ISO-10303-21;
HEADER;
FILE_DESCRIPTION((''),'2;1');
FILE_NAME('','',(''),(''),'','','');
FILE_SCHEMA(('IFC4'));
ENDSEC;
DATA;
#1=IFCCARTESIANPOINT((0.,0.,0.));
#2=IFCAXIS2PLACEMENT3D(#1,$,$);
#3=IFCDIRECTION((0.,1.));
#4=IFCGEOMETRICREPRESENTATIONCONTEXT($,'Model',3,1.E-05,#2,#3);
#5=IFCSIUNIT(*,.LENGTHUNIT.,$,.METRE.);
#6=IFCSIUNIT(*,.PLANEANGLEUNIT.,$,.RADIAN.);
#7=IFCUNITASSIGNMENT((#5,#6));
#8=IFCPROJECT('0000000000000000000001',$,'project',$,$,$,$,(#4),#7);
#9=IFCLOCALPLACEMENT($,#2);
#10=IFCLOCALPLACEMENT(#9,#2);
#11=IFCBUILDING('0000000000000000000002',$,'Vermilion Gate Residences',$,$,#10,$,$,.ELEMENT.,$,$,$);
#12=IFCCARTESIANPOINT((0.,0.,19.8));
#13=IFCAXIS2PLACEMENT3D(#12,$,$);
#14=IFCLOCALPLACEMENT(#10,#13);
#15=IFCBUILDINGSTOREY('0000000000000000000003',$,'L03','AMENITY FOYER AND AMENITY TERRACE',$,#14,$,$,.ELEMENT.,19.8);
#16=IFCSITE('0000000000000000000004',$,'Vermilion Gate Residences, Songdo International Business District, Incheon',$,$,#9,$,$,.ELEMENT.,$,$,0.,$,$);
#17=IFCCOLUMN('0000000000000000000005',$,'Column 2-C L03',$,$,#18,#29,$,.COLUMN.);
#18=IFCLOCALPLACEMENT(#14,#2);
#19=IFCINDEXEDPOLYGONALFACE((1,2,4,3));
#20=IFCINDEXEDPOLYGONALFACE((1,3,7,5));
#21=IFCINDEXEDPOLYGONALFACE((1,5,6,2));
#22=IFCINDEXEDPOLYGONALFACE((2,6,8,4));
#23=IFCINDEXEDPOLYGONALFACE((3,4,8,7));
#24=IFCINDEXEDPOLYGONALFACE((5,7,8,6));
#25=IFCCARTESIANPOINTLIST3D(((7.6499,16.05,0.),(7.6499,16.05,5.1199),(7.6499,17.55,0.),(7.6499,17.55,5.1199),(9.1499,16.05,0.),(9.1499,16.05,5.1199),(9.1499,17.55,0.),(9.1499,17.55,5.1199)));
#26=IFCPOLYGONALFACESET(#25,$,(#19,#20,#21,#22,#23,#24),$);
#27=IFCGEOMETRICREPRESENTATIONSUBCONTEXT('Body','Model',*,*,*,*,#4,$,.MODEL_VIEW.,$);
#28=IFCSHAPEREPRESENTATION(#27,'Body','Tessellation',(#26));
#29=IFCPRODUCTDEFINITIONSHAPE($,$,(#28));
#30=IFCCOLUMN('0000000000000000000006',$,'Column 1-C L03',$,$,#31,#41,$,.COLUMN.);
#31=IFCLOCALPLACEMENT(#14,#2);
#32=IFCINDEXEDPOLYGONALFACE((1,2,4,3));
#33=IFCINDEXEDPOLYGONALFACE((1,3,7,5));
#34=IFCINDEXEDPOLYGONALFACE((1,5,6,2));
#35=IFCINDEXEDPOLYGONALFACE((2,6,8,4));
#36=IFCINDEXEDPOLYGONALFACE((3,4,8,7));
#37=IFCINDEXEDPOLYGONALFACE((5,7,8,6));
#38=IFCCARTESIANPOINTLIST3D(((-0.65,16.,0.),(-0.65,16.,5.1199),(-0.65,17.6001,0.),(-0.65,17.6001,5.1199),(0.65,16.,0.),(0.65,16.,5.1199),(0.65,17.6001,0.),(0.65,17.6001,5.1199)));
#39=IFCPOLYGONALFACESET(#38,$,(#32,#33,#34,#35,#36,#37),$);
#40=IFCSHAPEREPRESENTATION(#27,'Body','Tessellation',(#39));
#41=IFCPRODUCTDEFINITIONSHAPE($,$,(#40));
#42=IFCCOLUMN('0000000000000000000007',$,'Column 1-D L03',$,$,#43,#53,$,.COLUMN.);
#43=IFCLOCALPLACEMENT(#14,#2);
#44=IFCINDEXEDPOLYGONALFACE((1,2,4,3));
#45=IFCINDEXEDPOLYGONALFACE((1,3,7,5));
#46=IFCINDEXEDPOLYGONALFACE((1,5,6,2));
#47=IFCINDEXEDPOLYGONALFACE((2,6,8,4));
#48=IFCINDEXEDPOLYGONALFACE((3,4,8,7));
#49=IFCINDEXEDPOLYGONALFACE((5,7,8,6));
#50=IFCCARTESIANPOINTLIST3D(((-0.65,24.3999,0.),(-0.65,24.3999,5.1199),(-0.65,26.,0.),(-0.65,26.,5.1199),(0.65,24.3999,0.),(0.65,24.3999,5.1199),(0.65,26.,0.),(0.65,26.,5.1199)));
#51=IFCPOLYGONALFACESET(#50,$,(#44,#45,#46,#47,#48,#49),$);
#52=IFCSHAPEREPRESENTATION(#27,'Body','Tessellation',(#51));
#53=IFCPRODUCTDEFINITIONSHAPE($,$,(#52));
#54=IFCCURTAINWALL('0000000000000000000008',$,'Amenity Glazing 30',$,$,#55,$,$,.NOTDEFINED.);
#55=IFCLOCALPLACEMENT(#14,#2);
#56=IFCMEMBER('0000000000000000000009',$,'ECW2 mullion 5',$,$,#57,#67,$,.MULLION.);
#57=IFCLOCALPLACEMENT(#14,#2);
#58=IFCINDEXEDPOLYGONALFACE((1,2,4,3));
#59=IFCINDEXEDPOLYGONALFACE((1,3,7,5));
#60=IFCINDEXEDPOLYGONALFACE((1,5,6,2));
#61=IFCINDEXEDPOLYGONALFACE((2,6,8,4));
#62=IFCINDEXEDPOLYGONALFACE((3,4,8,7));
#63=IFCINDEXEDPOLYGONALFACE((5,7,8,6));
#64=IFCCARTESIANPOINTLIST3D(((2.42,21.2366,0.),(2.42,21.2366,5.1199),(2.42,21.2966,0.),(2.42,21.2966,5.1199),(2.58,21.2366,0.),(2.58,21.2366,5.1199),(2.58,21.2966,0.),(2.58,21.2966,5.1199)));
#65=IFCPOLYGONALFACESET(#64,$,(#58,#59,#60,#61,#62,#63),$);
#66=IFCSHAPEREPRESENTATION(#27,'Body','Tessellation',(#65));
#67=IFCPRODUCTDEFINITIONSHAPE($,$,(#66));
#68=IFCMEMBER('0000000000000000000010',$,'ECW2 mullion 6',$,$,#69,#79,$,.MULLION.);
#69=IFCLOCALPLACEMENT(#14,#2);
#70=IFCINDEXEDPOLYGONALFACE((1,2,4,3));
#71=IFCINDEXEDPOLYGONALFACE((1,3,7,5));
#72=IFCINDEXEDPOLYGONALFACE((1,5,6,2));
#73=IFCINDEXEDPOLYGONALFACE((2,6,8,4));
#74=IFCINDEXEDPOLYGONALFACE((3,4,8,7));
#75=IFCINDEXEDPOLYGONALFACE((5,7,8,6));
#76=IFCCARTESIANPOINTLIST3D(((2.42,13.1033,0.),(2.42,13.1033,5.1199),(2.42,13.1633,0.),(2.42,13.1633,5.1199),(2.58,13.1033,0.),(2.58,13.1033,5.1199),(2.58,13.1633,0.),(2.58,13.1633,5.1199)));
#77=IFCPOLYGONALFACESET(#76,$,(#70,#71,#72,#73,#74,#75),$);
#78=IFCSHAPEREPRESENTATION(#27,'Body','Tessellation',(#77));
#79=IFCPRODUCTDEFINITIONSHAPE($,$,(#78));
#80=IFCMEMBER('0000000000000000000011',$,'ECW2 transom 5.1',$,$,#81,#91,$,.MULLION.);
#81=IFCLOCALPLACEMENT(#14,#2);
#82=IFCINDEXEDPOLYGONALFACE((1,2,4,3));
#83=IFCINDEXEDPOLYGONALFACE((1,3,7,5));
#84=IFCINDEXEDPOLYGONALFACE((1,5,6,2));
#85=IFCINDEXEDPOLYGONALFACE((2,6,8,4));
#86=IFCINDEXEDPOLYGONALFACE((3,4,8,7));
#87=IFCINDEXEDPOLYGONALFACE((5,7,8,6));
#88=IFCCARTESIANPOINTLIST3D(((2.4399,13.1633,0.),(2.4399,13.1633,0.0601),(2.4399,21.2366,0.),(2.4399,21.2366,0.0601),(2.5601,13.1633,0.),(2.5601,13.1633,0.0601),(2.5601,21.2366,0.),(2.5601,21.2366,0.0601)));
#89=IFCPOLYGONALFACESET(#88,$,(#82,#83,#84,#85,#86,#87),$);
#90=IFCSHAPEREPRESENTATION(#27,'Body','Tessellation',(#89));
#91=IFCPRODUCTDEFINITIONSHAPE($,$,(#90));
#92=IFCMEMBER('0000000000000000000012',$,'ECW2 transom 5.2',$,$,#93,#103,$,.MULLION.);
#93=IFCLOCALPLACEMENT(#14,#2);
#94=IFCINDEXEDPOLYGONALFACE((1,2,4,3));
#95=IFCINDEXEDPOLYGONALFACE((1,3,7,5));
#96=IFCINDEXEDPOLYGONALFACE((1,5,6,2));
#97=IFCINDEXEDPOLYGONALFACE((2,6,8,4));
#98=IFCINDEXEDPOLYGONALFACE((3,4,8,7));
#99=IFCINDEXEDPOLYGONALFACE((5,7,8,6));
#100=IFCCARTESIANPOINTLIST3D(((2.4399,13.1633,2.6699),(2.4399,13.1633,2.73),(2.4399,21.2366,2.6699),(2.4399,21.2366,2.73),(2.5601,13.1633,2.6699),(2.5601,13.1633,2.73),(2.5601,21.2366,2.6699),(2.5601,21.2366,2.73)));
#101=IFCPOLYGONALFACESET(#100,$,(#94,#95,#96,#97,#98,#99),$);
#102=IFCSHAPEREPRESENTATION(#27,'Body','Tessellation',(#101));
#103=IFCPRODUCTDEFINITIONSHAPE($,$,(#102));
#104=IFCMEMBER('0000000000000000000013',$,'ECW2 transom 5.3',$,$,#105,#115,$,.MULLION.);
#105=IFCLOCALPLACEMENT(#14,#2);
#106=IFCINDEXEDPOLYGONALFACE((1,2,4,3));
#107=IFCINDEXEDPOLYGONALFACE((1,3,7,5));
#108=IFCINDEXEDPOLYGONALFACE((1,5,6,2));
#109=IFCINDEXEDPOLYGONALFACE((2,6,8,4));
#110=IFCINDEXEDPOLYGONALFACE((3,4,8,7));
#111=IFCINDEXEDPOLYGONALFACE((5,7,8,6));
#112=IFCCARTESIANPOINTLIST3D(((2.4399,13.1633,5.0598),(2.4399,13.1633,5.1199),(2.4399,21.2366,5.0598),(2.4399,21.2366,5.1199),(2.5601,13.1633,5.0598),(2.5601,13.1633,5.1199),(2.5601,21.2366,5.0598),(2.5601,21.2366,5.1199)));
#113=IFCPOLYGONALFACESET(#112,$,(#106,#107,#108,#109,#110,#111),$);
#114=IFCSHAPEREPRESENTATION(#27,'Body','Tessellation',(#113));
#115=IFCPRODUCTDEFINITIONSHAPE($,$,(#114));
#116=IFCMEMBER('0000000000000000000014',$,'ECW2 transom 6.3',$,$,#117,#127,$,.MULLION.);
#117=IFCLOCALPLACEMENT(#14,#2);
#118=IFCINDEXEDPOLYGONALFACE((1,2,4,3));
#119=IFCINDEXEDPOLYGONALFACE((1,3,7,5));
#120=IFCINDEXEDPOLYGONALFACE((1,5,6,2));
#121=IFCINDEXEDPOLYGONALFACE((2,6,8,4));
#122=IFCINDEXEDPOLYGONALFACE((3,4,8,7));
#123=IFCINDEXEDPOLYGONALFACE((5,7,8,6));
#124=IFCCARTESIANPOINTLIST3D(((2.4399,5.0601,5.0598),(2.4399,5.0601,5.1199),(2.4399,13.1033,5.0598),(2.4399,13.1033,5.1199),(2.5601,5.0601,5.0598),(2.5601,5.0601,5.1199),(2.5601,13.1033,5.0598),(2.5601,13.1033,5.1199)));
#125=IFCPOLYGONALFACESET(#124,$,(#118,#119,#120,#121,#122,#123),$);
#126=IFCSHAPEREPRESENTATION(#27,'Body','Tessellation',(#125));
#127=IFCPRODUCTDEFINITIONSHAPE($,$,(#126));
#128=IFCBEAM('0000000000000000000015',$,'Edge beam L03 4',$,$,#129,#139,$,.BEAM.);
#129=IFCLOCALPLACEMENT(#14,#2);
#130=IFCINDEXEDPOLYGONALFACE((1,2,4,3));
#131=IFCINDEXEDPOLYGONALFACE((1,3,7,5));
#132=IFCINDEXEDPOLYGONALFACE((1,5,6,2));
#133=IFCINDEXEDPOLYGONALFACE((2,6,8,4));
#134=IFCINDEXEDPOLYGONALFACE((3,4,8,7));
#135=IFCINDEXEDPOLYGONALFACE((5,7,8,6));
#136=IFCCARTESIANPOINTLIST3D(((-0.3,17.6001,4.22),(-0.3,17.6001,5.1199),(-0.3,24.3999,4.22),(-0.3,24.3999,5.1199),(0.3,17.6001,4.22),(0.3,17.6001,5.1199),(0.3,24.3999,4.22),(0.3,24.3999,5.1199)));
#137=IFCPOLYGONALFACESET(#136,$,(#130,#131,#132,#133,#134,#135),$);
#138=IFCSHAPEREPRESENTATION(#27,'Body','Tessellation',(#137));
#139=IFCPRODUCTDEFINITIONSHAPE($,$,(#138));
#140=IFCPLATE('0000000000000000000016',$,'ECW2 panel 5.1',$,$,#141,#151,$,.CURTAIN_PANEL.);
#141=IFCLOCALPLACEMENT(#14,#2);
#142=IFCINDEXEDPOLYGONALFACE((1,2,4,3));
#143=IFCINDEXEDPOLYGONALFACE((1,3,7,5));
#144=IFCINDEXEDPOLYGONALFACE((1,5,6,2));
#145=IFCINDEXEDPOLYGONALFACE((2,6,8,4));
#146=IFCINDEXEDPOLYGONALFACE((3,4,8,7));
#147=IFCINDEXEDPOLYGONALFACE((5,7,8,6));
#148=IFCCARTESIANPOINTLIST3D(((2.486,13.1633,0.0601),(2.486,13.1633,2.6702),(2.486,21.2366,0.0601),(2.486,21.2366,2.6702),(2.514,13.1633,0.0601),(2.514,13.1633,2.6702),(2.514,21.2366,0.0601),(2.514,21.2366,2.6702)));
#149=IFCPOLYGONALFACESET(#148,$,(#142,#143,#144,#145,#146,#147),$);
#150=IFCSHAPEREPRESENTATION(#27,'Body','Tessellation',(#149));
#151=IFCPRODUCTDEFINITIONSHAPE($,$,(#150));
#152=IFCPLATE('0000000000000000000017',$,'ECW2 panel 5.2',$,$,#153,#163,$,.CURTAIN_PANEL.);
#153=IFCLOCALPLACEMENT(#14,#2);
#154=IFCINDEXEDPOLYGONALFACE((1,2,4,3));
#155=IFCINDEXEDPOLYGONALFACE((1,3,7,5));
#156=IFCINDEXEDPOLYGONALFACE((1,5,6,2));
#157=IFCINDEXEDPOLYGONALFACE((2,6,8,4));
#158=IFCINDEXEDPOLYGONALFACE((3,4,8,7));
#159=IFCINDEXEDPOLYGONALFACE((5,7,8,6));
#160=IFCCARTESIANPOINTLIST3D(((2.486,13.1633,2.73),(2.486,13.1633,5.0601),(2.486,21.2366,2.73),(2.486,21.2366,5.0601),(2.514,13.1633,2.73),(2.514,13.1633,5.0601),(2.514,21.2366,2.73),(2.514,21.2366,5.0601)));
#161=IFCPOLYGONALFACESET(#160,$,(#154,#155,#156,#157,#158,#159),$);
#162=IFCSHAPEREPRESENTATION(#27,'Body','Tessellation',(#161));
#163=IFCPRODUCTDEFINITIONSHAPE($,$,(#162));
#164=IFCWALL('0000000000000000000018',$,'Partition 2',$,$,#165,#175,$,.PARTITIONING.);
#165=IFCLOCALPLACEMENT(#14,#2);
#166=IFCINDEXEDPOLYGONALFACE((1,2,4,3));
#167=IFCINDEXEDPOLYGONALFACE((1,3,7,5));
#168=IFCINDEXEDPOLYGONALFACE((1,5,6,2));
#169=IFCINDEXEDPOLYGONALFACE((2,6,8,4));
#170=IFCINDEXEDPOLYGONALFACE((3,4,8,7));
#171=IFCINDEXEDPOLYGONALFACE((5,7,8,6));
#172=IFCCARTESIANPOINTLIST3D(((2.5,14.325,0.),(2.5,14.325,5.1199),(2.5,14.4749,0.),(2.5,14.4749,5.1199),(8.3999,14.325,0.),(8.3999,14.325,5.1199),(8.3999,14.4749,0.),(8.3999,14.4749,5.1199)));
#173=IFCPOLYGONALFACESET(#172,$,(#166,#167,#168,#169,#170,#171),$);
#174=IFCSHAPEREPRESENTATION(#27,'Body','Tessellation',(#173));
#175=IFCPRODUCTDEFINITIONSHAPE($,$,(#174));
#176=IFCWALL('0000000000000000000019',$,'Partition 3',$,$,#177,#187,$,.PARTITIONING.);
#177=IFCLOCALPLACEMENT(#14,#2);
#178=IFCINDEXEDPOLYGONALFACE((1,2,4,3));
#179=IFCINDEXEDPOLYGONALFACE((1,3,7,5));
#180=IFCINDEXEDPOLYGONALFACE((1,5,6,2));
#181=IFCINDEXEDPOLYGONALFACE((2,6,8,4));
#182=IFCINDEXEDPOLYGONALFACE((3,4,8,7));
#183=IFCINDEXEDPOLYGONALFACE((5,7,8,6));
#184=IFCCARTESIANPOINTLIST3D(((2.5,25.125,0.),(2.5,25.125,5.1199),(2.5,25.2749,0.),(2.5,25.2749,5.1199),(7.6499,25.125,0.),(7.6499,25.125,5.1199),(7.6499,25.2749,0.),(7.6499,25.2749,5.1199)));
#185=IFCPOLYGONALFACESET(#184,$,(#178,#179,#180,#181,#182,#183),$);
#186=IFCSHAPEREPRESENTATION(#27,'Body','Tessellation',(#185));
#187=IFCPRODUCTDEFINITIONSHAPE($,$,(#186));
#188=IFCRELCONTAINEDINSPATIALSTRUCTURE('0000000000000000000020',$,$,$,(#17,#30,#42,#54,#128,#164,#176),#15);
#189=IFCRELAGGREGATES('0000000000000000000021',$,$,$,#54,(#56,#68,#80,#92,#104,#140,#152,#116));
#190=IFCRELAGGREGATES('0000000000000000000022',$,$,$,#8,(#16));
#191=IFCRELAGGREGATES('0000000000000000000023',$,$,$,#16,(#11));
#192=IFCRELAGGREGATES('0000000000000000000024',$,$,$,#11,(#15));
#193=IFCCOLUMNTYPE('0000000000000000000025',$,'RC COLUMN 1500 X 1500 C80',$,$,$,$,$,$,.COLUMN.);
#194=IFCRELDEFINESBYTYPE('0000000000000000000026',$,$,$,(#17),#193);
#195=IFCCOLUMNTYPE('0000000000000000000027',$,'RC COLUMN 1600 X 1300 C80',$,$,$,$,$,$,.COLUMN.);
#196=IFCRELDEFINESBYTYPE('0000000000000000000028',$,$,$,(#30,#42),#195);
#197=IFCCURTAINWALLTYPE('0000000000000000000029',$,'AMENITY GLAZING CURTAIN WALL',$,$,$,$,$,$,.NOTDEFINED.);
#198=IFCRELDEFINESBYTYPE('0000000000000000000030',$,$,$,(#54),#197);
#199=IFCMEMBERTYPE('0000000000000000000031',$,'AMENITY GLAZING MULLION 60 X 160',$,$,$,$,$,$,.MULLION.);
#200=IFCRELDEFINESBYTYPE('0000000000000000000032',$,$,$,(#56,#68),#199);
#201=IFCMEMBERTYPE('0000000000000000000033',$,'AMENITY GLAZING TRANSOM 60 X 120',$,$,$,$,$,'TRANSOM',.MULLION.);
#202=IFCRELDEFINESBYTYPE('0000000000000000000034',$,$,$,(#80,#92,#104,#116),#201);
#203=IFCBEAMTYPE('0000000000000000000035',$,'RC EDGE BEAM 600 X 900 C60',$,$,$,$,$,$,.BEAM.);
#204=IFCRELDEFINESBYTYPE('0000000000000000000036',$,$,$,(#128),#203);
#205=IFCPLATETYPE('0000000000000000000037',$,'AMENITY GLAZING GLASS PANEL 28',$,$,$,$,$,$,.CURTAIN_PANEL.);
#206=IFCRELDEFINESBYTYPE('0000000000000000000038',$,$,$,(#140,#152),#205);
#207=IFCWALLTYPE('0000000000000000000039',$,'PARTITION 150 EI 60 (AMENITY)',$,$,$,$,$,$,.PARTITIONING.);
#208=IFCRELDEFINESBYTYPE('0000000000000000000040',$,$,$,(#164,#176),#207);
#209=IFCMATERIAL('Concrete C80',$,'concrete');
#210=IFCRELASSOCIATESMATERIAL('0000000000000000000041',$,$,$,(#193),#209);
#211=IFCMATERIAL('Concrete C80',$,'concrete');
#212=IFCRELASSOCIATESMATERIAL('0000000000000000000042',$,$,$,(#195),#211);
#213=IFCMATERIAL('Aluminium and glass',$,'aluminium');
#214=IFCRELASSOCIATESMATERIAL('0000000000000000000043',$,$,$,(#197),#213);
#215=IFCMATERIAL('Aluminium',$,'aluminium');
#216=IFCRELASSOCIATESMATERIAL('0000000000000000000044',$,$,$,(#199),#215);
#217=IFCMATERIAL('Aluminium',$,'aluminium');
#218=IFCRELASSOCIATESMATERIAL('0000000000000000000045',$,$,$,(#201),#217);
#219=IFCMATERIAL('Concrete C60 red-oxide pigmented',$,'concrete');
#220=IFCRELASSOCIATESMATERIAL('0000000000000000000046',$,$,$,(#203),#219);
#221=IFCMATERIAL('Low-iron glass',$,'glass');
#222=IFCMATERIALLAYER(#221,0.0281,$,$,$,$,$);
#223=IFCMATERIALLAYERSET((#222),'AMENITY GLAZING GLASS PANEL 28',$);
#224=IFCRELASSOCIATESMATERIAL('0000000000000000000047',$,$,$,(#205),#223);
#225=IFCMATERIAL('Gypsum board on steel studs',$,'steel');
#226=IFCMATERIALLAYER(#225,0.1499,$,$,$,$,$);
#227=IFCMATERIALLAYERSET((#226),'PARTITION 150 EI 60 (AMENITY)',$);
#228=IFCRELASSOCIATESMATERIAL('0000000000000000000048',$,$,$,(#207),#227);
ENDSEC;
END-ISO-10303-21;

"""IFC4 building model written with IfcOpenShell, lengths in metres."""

from ifc_helpers import new_model, si_unit, direction, frame, frame_2d, origin, origin_2d, place, context, subcontext, project, spatial, rectangle, extrude, material, layer, layer_set, material_profile, profile_set, type_object, element, aggregate, save


model = new_model("IFC4")

# Units and contexts
model_context = context("Model", 3, precision=1e-05, world=origin(), true_north=direction((0.0, 1.0)))
body_context = subcontext(model_context, "Body", "Model", "MODEL_VIEW")
ifc_project = project(units=[si_unit("LENGTHUNIT", "METRE"), si_unit("PLANEANGLEUNIT", "RADIAN")], contexts=[model_context])

# Site, building, storey
site_placement = place(None, origin())
site = spatial("IfcSite", under=ifc_project, at=site_placement, Name="Vermilion Gate Residences, Songdo International Business District, Incheon", CompositionType="ELEMENT", RefElevation=0.0)
building_placement = place(site_placement, origin())
building = spatial("IfcBuilding", under=site, at=building_placement, Name="Vermilion Gate Residences", CompositionType="ELEMENT")
storey_placement = place(building_placement, frame((0.0, 0.0, 19.8)))
storey = spatial("IfcBuildingStorey", under=building, at=storey_placement, Name="L03", Description="AMENITY FOYER AND AMENITY TERRACE", CompositionType="ELEMENT", Elevation=19.8)

# Columns
ifc_material_1 = material(Name="Concrete C80", Category="concrete")
ifc_material_profile_1 = material_profile(ifc_material_1, rectangle(XDim=1.5, YDim=1.5, at=origin_2d()), Name="RC-1500x1500")
ifc_profile_set_1 = profile_set([ifc_material_profile_1], Name="Concrete C80")
column_type_1 = type_object("IfcColumnType", Name="RC COLUMN 1500 X 1500 C80", PredefinedType="COLUMN", material=ifc_profile_set_1)
column_placement = place(storey_placement, frame((8.3999, 16.8, 0.0), z_axis=(0.0, 0.0, 1.0), x_axis=(1.0, 0.0, 0.0)))
element("IfcColumn", 1, at=column_placement, inside=storey, type_object=column_type_1, Name="Column 2-C L03", PredefinedType="COLUMN", context=body_context, shape_type="SweptSolid", body=[
    extrude(rectangle(XDim=1.5, YDim=1.5, at=origin_2d()), origin(), (0.0, 0.0, 1.0), 5.1199),
])
ifc_material_2 = material(Name="Concrete C80", Category="concrete")
ifc_material_profile_2 = material_profile(ifc_material_2, rectangle(XDim=1.6001, YDim=1.3, at=origin_2d()), Name="RC-1600x1300")
ifc_profile_set_2 = profile_set([ifc_material_profile_2], Name="Concrete C80")
column_type_2 = type_object("IfcColumnType", Name="RC COLUMN 1600 X 1300 C80", PredefinedType="COLUMN", material=ifc_profile_set_2)
for number, where, z_axis, x_axis, name in (
    (2, (0.0, 16.8, 0.0), (0.0, 0.0, 1.0), (0.0, 1.0, 0.0), "Column 1-C L03"),
    (3, (0.0, 25.2, 0.0), (0.0, 0.0, 1.0), (0.0, 1.0, 0.0), "Column 1-D L03"),
):
    element("IfcColumn", number, at=place(storey_placement, frame(where, z_axis=z_axis, x_axis=x_axis)), inside=storey, type_object=column_type_2, Name=name, PredefinedType="COLUMN", context=body_context, shape_type="SweptSolid", body=[
        extrude(rectangle(XDim=1.6001, YDim=1.3, at=origin_2d()), origin(), (0.0, 0.0, 1.0), 5.1199),
    ])

# Curtain wall, members
ifc_material_3 = material(Name="Aluminium and glass", Category="aluminium")
curtain_wall_type = type_object("IfcCurtainWallType", Name="AMENITY GLAZING CURTAIN WALL", PredefinedType="NOTDEFINED", material=ifc_material_3)
curtain_wall_placement = place(storey_placement, origin())
curtain_wall = element("IfcCurtainWall", 4, at=curtain_wall_placement, inside=storey, type_object=curtain_wall_type, Name="Amenity Glazing 30", PredefinedType="NOTDEFINED")
ifc_material_4 = material(Name="Aluminium", Category="aluminium")
ifc_material_profile_3 = material_profile(ifc_material_4, rectangle(XDim=0.1599, YDim=0.0601, at=origin_2d()), Name="MULLION 60 X 160")
ifc_profile_set_3 = profile_set([ifc_material_profile_3], Name="Aluminium")
member_type_1 = type_object("IfcMemberType", Name="AMENITY GLAZING MULLION 60 X 160", PredefinedType="MULLION", material=ifc_profile_set_3)
member_1_placement = place(storey_placement, frame((2.5, 21.2666, 0.0), z_axis=(0.0, 0.0, 1.0), x_axis=(1.0, 0.0, 0.0)))
member_1 = element("IfcMember", 5, at=member_1_placement, type_object=member_type_1, Name="ECW2 mullion 5", PredefinedType="MULLION", context=body_context, shape_type="SweptSolid", body=[
    extrude(rectangle(XDim=0.1599, YDim=0.0601, at=origin_2d()), origin(), (0.0, 0.0, 1.0), 5.1199),
])
member_2_placement = place(storey_placement, frame((2.5, 13.1333, 0.0), z_axis=(0.0, 0.0, 1.0), x_axis=(1.0, 0.0, 0.0)))
member_2 = element("IfcMember", 6, at=member_2_placement, type_object=member_type_1, Name="ECW2 mullion 6", PredefinedType="MULLION", context=body_context, shape_type="SweptSolid", body=[
    extrude(rectangle(XDim=0.1599, YDim=0.0601, at=origin_2d()), origin(), (0.0, 0.0, 1.0), 5.1199),
])
ifc_material_5 = material(Name="Aluminium", Category="aluminium")
ifc_material_profile_4 = material_profile(ifc_material_5, rectangle(XDim=0.1201, YDim=0.0601, at=origin_2d()), Name="TRANSOM 60 X 120")
ifc_profile_set_4 = profile_set([ifc_material_profile_4], Name="Aluminium")
member_type_2 = type_object("IfcMemberType", Name="AMENITY GLAZING TRANSOM 60 X 120", ElementType="TRANSOM", PredefinedType="MULLION", material=ifc_profile_set_4)
member_3_placement = place(storey_placement, frame((2.5, 21.2366, 0.03), z_axis=(0.0, -1.0, 0.0), x_axis=(1.0, 0.0, 0.0)))
member_3 = element("IfcMember", 7, at=member_3_placement, type_object=member_type_2, Name="ECW2 transom 5.1", PredefinedType="MULLION", context=body_context, shape_type="SweptSolid", body=[
    extrude(rectangle(XDim=0.1201, YDim=0.0601, at=origin_2d()), origin(), (0.0, 0.0, 1.0), 8.0732),
])
member_4_placement = place(storey_placement, frame((2.5, 21.2366, 2.7), z_axis=(0.0, -1.0, 0.0), x_axis=(1.0, 0.0, 0.0)))
member_4 = element("IfcMember", 8, at=member_4_placement, type_object=member_type_2, Name="ECW2 transom 5.2", PredefinedType="MULLION", context=body_context, shape_type="SweptSolid", body=[
    extrude(rectangle(XDim=0.1201, YDim=0.0601, at=origin_2d()), origin(), (0.0, 0.0, 1.0), 8.0732),
])
member_5_placement = place(storey_placement, frame((2.5, 21.2366, 5.0898), z_axis=(0.0, -1.0, 0.0), x_axis=(1.0, 0.0, 0.0)))
member_5 = element("IfcMember", 9, at=member_5_placement, type_object=member_type_2, Name="ECW2 transom 5.3", PredefinedType="MULLION", context=body_context, shape_type="SweptSolid", body=[
    extrude(rectangle(XDim=0.1201, YDim=0.0601, at=origin_2d()), origin(), (0.0, 0.0, 1.0), 8.0732),
])
member_6_placement = place(storey_placement, frame((2.5, 13.1033, 5.0898), z_axis=(0.0, -1.0, 0.0), x_axis=(1.0, 0.0, 0.0)))
member_6 = element("IfcMember", 10, at=member_6_placement, type_object=member_type_2, Name="ECW2 transom 6.3", PredefinedType="MULLION", context=body_context, shape_type="SweptSolid", body=[
    extrude(rectangle(XDim=0.1201, YDim=0.0601, at=origin_2d()), origin(), (0.0, 0.0, 1.0), 8.0432),
])

# Beam
ifc_material_6 = material(Name="Concrete C60 red-oxide pigmented", Category="concrete")
ifc_material_profile_5 = material_profile(ifc_material_6, rectangle(XDim=0.6001, YDim=0.8999, at=origin_2d()), Name="RC-600x900")
ifc_profile_set_5 = profile_set([ifc_material_profile_5], Name="Concrete C60 red-oxide pigmented")
beam_type = type_object("IfcBeamType", Name="RC EDGE BEAM 600 X 900 C60", PredefinedType="BEAM", material=ifc_profile_set_5)
beam_placement = place(storey_placement, frame((0.0, 17.6001, 4.6699), z_axis=(0.0, 1.0, 0.0), x_axis=(-1.0, 0.0, 0.0)))
element("IfcBeam", 11, at=beam_placement, inside=storey, type_object=beam_type, Name="Edge beam L03 4", PredefinedType="BEAM", context=body_context, shape_type="SweptSolid", body=[
    extrude(rectangle(XDim=0.6001, YDim=0.8999, at=origin_2d()), origin(), (0.0, 0.0, 1.0), 6.7998),
])

# Plates
ifc_material_7 = material(Name="Low-iron glass", Category="glass")
ifc_layer_1 = layer(ifc_material_7, 0.0281)
ifc_layer_set_1 = layer_set([ifc_layer_1], Name="AMENITY GLAZING GLASS PANEL 28")
plate_type = type_object("IfcPlateType", Name="AMENITY GLAZING GLASS PANEL 28", PredefinedType="CURTAIN_PANEL", material=ifc_layer_set_1)
plate_1_placement = place(storey_placement, frame((2.5, 17.2, 0.0601), z_axis=(0.0, 0.0, 1.0), x_axis=(0.0, -1.0, 0.0)))
plate_1 = element("IfcPlate", 12, at=plate_1_placement, type_object=plate_type, Name="ECW2 panel 5.1", PredefinedType="CURTAIN_PANEL", context=body_context, shape_type="SweptSolid", body=[
    extrude(rectangle(XDim=8.0732, YDim=0.0281, at=origin_2d()), origin(), (0.0, 0.0, 1.0), 2.6101),
])
plate_2_placement = place(storey_placement, frame((2.5, 17.2, 2.73), z_axis=(0.0, 0.0, 1.0), x_axis=(0.0, -1.0, 0.0)))
plate_2 = element("IfcPlate", 13, at=plate_2_placement, type_object=plate_type, Name="ECW2 panel 5.2", PredefinedType="CURTAIN_PANEL", context=body_context, shape_type="SweptSolid", body=[
    extrude(rectangle(XDim=8.0732, YDim=0.0281, at=origin_2d()), origin(), (0.0, 0.0, 1.0), 2.3301),
])
aggregate(curtain_wall, [member_1, member_2, member_3, member_4, member_5, plate_1, plate_2, member_6])

# Walls
ifc_material_8 = material(Name="Gypsum board on steel studs", Category="steel")
ifc_layer_2 = layer(ifc_material_8, 0.1499)
ifc_layer_set_2 = layer_set([ifc_layer_2], Name="PARTITION 150 EI 60 (AMENITY)")
wall_type = type_object("IfcWallType", Name="PARTITION 150 EI 60 (AMENITY)", PredefinedType="PARTITIONING", material=ifc_layer_set_2)
wall_1_placement = place(storey_placement, frame((2.5, 14.3999, 0.0), z_axis=(0.0, 0.0, 1.0), x_axis=(1.0, 0.0, 0.0)))
element("IfcWall", 14, at=wall_1_placement, inside=storey, type_object=wall_type, Name="Partition 2", PredefinedType="PARTITIONING", context=body_context, shape_type="SweptSolid", body=[
    extrude(rectangle(XDim=5.8999, YDim=0.1499, at=frame_2d((2.95, 0.0))), origin(), (0.0, 0.0, 1.0), 5.1199),
])
wall_2_placement = place(storey_placement, frame((2.5, 25.2, 0.0), z_axis=(0.0, 0.0, 1.0), x_axis=(1.0, 0.0, 0.0)))
element("IfcWall", 15, at=wall_2_placement, inside=storey, type_object=wall_type, Name="Partition 3", PredefinedType="PARTITIONING", context=body_context, shape_type="SweptSolid", body=[
    extrude(rectangle(XDim=5.1499, YDim=0.1499, at=frame_2d((2.575, 0.0))), origin(), (0.0, 0.0, 1.0), 5.1199),
])

save(model, "model.ifc")
